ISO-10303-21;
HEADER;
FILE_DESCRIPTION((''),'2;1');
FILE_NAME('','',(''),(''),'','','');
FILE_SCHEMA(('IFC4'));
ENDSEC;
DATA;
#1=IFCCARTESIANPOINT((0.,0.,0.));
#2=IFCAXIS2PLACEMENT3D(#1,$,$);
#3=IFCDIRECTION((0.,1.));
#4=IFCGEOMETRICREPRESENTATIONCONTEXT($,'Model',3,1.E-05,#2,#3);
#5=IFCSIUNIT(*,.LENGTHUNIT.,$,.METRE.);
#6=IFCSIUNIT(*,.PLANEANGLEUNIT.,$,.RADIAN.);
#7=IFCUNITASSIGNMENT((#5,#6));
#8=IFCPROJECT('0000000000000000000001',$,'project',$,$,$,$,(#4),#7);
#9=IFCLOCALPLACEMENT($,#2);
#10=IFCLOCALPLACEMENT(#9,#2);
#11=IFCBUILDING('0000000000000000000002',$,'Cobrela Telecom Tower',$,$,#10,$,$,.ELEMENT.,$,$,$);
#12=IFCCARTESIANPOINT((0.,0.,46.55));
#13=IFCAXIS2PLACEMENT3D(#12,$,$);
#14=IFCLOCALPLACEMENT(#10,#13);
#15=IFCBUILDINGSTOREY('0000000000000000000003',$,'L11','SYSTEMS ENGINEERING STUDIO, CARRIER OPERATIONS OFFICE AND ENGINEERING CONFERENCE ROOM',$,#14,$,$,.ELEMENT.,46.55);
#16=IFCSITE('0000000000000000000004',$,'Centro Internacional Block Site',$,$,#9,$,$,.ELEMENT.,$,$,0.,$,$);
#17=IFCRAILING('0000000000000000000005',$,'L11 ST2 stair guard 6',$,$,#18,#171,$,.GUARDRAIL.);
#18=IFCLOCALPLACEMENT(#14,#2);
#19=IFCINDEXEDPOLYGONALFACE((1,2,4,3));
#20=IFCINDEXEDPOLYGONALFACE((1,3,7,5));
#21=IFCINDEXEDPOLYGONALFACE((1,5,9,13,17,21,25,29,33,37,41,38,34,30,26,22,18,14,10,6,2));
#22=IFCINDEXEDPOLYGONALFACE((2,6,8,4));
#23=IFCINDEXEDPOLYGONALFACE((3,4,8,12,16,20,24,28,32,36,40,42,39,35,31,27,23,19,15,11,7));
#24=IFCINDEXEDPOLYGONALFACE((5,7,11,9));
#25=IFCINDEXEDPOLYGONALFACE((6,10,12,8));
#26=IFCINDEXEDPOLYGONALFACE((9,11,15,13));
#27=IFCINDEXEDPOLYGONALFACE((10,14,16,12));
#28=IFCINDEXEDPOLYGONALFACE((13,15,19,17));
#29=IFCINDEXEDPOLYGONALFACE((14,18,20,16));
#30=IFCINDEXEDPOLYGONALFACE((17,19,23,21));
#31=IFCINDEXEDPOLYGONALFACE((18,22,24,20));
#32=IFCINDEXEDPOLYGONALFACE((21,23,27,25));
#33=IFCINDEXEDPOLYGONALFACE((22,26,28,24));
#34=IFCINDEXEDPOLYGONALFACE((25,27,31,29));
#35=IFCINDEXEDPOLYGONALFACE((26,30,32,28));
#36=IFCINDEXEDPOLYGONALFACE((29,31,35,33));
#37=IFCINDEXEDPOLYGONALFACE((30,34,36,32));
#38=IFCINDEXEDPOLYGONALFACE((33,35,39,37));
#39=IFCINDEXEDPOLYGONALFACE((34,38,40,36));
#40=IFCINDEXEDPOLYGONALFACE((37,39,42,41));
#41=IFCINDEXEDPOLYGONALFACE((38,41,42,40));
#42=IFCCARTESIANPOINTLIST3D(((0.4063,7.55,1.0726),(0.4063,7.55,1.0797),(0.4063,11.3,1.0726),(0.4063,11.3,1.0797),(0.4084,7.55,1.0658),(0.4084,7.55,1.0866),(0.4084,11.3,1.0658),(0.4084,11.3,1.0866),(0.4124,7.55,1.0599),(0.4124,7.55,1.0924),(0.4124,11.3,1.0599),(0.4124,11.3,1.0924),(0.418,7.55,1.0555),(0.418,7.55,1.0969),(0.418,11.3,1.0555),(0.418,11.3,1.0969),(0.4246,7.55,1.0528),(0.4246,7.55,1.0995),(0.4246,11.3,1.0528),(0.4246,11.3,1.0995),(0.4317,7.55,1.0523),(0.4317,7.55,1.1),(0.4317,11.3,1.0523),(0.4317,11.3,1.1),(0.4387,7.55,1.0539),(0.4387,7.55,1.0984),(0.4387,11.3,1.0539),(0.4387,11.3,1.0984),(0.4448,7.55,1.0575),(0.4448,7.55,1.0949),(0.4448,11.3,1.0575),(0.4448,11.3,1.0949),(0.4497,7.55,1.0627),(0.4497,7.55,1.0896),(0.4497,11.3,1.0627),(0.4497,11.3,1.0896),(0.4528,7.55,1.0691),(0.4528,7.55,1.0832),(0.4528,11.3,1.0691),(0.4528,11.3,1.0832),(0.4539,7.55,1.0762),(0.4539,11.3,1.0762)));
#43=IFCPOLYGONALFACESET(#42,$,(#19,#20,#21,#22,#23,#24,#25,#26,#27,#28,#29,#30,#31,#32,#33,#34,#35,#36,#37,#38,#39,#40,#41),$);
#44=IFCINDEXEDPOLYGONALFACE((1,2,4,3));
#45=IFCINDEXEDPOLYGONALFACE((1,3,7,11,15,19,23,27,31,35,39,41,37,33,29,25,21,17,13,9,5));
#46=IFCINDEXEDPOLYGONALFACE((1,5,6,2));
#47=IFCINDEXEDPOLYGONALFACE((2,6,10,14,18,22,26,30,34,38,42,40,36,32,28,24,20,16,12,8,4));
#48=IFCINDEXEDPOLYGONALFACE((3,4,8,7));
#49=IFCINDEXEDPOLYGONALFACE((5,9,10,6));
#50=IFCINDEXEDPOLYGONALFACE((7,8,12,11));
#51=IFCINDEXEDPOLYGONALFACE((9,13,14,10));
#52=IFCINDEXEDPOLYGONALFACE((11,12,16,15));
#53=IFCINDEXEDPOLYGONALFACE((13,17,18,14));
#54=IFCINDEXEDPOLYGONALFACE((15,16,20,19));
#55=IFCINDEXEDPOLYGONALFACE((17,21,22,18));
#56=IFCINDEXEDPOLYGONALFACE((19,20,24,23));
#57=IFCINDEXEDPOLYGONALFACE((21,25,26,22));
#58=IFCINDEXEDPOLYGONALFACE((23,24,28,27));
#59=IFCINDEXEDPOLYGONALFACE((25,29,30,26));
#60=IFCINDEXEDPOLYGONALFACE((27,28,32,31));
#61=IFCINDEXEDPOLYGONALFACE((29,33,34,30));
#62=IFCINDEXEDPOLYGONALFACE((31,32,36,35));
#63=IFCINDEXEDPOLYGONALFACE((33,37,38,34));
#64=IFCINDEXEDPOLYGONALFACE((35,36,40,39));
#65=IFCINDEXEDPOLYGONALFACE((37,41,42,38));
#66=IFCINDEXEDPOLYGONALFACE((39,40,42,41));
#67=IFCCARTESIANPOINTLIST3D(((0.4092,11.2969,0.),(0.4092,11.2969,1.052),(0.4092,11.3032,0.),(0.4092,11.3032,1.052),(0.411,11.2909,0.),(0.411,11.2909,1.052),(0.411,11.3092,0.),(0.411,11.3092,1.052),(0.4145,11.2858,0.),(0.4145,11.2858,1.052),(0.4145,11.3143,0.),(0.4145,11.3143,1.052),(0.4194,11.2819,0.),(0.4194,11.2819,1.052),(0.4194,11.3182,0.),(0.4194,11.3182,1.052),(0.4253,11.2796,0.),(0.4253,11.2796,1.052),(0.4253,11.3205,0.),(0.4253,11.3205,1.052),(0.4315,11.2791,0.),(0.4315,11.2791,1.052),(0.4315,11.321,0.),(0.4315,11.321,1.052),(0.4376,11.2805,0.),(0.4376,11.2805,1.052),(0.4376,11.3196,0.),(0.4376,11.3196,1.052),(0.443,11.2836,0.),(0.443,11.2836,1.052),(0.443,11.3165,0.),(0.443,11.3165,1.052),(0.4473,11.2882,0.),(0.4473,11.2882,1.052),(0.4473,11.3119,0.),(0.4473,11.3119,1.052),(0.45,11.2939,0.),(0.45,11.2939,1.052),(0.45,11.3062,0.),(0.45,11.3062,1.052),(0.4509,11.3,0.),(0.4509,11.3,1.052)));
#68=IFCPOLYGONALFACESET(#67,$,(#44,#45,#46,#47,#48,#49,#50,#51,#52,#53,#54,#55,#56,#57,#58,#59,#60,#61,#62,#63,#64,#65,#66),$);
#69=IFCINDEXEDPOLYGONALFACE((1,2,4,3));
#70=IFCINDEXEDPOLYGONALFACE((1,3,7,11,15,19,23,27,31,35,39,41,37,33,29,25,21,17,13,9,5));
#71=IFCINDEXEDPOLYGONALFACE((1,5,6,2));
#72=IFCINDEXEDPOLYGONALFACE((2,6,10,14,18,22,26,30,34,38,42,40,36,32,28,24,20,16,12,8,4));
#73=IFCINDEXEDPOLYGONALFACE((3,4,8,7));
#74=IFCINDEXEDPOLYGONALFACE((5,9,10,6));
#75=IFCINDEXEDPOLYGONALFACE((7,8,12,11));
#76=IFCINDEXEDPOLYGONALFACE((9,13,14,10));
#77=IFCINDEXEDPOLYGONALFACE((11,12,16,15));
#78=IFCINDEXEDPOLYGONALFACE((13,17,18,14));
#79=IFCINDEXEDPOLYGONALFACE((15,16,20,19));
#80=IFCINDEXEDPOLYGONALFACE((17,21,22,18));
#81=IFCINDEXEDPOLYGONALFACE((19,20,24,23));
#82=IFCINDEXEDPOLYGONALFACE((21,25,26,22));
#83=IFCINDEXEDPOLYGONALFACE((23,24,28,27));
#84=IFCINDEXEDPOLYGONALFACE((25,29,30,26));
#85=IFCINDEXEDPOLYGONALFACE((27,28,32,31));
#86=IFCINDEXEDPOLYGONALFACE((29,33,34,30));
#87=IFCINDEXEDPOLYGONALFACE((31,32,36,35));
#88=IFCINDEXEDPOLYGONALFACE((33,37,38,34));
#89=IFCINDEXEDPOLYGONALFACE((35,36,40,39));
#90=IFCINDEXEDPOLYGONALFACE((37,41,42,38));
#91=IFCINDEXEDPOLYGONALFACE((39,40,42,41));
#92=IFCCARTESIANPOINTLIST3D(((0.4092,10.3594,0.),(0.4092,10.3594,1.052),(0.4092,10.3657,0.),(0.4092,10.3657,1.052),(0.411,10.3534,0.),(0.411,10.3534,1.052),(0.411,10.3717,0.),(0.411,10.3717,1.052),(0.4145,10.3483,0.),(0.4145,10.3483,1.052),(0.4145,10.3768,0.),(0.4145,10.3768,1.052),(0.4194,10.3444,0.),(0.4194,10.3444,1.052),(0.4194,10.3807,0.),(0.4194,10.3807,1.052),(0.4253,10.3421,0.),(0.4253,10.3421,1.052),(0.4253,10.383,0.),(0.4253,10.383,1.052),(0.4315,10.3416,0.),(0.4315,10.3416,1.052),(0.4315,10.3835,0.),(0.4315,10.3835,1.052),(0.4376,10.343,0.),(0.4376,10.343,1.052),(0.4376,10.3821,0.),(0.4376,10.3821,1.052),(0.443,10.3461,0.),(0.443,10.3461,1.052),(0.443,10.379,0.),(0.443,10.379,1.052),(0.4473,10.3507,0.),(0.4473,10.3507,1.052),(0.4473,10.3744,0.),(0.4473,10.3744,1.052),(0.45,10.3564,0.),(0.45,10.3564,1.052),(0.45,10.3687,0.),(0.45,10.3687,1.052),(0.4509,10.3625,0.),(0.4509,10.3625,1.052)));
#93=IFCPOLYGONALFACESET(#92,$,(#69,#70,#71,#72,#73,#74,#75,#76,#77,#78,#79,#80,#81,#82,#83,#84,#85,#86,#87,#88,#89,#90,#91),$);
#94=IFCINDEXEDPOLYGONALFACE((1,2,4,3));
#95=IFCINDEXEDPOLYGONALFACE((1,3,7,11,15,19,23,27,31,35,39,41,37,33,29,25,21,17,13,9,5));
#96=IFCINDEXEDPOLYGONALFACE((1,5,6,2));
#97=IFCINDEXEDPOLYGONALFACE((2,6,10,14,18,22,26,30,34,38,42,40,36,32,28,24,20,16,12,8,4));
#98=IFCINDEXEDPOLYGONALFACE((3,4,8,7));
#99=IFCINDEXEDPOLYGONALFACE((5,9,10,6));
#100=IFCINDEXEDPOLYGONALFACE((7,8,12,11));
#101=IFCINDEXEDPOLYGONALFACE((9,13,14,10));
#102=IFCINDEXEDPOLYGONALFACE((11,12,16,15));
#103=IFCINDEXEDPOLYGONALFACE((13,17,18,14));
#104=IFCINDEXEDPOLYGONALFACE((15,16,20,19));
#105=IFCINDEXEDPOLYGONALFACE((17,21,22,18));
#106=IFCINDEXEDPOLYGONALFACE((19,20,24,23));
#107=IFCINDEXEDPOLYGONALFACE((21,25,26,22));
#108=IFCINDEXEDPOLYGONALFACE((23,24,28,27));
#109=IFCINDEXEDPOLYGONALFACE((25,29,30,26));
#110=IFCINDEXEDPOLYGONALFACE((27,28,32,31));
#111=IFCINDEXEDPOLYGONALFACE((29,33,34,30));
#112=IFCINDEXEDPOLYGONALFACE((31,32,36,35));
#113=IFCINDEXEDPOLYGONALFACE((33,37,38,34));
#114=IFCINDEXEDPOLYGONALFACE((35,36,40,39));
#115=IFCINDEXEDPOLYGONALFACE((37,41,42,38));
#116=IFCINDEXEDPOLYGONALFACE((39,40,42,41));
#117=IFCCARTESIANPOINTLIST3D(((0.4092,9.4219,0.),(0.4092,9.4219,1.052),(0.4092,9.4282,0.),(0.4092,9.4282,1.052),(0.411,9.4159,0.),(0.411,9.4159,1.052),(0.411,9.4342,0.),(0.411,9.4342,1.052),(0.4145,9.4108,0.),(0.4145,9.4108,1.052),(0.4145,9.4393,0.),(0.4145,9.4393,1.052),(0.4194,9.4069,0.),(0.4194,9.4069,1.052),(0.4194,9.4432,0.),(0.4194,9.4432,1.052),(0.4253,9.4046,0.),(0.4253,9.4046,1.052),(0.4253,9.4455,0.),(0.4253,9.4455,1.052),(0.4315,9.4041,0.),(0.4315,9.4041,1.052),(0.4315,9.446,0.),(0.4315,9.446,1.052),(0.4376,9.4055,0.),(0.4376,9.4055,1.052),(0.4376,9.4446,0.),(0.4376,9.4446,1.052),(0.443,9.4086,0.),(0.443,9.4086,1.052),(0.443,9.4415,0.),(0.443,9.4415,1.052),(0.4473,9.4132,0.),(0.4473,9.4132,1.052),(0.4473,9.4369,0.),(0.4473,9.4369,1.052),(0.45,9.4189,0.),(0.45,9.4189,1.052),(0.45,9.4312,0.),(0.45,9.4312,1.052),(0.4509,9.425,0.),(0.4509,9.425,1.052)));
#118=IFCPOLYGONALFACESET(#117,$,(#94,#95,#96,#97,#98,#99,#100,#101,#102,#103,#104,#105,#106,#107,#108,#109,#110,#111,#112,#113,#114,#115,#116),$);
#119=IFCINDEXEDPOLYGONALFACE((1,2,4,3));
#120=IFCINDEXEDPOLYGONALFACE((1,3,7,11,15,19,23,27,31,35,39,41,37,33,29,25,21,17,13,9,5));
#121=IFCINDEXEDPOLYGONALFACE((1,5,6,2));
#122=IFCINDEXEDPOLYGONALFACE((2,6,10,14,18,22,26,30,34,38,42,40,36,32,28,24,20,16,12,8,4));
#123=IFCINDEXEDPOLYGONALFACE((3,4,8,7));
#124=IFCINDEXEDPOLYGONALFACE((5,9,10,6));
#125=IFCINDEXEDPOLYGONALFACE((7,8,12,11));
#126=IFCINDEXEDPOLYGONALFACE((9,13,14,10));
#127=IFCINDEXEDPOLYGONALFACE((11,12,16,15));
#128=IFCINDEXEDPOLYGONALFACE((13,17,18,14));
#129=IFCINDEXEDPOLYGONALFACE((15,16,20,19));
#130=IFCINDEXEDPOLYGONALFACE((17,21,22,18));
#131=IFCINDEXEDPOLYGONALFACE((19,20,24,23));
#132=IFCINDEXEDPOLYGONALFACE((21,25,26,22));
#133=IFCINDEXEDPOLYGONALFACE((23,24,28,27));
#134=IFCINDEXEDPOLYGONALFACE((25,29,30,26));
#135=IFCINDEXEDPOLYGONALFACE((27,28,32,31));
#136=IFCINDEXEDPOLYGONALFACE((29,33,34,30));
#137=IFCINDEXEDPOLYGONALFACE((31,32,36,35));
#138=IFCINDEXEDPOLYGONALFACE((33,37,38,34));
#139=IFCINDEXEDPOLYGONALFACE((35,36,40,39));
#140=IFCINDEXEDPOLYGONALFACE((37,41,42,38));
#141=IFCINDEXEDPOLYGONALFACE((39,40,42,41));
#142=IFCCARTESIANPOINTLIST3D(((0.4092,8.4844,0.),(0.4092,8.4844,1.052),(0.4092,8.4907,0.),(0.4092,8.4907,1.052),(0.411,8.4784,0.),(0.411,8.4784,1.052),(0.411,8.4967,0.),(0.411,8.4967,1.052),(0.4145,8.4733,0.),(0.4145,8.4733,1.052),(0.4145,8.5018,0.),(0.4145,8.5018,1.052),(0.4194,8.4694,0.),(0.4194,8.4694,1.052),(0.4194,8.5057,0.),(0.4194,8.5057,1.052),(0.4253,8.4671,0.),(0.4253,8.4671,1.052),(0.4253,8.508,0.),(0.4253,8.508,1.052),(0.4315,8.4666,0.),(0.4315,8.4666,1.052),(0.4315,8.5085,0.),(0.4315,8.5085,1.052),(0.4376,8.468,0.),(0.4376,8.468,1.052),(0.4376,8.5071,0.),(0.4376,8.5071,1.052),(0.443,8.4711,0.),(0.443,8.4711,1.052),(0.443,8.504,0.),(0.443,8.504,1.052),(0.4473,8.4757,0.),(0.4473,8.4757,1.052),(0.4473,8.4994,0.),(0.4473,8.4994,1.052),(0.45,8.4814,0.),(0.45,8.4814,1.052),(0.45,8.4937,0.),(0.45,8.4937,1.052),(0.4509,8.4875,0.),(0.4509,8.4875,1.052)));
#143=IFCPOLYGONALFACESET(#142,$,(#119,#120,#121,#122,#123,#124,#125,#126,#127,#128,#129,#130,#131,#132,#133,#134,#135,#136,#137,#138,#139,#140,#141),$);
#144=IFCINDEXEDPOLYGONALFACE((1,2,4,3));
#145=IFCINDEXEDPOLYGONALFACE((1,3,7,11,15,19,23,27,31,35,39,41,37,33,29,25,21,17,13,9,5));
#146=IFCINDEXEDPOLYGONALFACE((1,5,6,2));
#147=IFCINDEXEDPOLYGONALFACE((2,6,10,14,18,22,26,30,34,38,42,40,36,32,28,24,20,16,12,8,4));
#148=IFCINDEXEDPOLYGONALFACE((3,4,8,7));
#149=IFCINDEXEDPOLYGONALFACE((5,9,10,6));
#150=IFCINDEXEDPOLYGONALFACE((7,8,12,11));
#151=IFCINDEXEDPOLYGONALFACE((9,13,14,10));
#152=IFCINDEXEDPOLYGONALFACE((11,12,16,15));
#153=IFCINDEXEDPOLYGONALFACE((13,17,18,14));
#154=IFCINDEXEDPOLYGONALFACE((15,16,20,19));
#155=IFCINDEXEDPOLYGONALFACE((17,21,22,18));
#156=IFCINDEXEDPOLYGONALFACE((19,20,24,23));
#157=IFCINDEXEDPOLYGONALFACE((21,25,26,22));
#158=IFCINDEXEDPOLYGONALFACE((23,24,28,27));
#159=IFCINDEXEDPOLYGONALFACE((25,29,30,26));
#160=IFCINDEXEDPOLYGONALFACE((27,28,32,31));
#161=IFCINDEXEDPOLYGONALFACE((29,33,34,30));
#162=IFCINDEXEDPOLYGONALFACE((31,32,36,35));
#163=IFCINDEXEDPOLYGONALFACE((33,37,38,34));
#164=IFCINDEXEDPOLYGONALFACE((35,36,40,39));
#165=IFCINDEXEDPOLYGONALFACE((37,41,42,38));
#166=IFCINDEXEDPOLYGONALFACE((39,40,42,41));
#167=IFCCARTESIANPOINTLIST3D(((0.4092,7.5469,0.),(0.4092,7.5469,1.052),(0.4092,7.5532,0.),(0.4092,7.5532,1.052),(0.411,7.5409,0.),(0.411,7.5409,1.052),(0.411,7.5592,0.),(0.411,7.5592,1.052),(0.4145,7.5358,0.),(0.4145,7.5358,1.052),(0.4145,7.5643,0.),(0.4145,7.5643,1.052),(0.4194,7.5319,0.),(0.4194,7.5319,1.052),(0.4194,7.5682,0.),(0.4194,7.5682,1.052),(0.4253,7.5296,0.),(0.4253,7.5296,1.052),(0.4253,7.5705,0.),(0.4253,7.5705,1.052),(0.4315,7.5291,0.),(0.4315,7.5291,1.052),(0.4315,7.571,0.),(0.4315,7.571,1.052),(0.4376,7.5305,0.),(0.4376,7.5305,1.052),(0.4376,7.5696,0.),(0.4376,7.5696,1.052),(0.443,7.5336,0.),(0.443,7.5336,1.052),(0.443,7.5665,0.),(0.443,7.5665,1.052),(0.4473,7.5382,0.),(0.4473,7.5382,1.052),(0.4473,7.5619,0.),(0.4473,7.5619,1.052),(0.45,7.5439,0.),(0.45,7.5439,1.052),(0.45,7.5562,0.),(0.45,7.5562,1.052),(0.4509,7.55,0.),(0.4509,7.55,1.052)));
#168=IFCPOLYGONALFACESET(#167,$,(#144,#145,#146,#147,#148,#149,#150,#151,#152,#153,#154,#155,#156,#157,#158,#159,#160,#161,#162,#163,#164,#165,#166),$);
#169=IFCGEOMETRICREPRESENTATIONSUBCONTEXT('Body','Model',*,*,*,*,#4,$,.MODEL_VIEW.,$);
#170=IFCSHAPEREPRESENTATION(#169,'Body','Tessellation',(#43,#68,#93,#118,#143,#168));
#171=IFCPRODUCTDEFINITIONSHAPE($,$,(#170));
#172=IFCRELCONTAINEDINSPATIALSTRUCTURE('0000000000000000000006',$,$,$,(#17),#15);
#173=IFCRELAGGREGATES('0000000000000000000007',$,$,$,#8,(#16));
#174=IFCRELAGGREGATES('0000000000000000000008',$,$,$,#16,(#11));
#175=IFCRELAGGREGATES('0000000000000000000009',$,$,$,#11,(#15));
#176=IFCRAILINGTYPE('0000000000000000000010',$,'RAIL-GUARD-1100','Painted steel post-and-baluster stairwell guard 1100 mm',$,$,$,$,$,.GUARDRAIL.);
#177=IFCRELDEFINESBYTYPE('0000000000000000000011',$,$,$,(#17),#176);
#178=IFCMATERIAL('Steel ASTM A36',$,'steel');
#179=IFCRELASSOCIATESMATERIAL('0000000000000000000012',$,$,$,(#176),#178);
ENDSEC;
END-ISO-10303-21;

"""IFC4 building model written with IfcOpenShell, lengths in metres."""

from ifc_helpers import new_model, si_unit, direction, frame, origin, origin_2d, place, context, subcontext, project, spatial, circle, extrude, material, type_object, element, save


model = new_model("IFC4")

# Units and contexts
model_context = context("Model", 3, precision=1e-05, world=origin(), true_north=direction((0.0, 1.0)))
body_context = subcontext(model_context, "Body", "Model", "MODEL_VIEW")
ifc_project = project(units=[si_unit("LENGTHUNIT", "METRE"), si_unit("PLANEANGLEUNIT", "RADIAN")], contexts=[model_context])

# Site, building, storey
site_placement = place(None, origin())
site = spatial("IfcSite", under=ifc_project, at=site_placement, Name="Centro Internacional Block Site", CompositionType="ELEMENT", RefElevation=0.0)
building_placement = place(site_placement, origin())
building = spatial("IfcBuilding", under=site, at=building_placement, Name="Cobrela Telecom Tower", CompositionType="ELEMENT")
storey_placement = place(building_placement, frame((0.0, 0.0, 46.55)))
storey = spatial("IfcBuildingStorey", under=building, at=storey_placement, Name="L11", Description="SYSTEMS ENGINEERING STUDIO, CARRIER OPERATIONS OFFICE AND ENGINEERING CONFERENCE ROOM", CompositionType="ELEMENT", Elevation=46.55)

# Railing
ifc_material_1 = material(Name="Steel ASTM A36", Category="steel")
railing_type_1 = type_object("IfcRailingType", Name="RAIL-GUARD-1100", Description="Painted steel post-and-baluster stairwell guard 1100 mm", PredefinedType="GUARDRAIL", material=ifc_material_1)
railing_1_placement = place(storey_placement, frame((0.4299, 11.3, 0.0)))
element("IfcRailing", 1, at=railing_1_placement, inside=storey, type_object=railing_type_1, Name="L11 ST2 stair guard 6", PredefinedType="GUARDRAIL", context=body_context, shape_type="SweptSolid", body=[
    extrude(circle(Radius=0.0239, at=origin_2d()), frame((0.0, 0.0, 1.0762), z_axis=(0.0, -1.0, 0.0), x_axis=(1.0, 0.0, 0.0)), (0.0, 0.0, 1.0), 3.75),
    extrude(circle(Radius=0.021, at=origin_2d()), origin(), (0.0, 0.0, 1.0), 1.052),
    extrude(circle(Radius=0.021, at=origin_2d()), frame((0.0, -0.9375, 0.0)), (0.0, 0.0, 1.0), 1.052),
    extrude(circle(Radius=0.021, at=origin_2d()), frame((0.0, -1.875, 0.0)), (0.0, 0.0, 1.0), 1.052),
    extrude(circle(Radius=0.021, at=origin_2d()), frame((0.0, -2.8125, 0.0)), (0.0, 0.0, 1.0), 1.052),
    extrude(circle(Radius=0.021, at=origin_2d()), frame((0.0, -3.75, 0.0)), (0.0, 0.0, 1.0), 1.052),
])

save(model, "model.ifc")
